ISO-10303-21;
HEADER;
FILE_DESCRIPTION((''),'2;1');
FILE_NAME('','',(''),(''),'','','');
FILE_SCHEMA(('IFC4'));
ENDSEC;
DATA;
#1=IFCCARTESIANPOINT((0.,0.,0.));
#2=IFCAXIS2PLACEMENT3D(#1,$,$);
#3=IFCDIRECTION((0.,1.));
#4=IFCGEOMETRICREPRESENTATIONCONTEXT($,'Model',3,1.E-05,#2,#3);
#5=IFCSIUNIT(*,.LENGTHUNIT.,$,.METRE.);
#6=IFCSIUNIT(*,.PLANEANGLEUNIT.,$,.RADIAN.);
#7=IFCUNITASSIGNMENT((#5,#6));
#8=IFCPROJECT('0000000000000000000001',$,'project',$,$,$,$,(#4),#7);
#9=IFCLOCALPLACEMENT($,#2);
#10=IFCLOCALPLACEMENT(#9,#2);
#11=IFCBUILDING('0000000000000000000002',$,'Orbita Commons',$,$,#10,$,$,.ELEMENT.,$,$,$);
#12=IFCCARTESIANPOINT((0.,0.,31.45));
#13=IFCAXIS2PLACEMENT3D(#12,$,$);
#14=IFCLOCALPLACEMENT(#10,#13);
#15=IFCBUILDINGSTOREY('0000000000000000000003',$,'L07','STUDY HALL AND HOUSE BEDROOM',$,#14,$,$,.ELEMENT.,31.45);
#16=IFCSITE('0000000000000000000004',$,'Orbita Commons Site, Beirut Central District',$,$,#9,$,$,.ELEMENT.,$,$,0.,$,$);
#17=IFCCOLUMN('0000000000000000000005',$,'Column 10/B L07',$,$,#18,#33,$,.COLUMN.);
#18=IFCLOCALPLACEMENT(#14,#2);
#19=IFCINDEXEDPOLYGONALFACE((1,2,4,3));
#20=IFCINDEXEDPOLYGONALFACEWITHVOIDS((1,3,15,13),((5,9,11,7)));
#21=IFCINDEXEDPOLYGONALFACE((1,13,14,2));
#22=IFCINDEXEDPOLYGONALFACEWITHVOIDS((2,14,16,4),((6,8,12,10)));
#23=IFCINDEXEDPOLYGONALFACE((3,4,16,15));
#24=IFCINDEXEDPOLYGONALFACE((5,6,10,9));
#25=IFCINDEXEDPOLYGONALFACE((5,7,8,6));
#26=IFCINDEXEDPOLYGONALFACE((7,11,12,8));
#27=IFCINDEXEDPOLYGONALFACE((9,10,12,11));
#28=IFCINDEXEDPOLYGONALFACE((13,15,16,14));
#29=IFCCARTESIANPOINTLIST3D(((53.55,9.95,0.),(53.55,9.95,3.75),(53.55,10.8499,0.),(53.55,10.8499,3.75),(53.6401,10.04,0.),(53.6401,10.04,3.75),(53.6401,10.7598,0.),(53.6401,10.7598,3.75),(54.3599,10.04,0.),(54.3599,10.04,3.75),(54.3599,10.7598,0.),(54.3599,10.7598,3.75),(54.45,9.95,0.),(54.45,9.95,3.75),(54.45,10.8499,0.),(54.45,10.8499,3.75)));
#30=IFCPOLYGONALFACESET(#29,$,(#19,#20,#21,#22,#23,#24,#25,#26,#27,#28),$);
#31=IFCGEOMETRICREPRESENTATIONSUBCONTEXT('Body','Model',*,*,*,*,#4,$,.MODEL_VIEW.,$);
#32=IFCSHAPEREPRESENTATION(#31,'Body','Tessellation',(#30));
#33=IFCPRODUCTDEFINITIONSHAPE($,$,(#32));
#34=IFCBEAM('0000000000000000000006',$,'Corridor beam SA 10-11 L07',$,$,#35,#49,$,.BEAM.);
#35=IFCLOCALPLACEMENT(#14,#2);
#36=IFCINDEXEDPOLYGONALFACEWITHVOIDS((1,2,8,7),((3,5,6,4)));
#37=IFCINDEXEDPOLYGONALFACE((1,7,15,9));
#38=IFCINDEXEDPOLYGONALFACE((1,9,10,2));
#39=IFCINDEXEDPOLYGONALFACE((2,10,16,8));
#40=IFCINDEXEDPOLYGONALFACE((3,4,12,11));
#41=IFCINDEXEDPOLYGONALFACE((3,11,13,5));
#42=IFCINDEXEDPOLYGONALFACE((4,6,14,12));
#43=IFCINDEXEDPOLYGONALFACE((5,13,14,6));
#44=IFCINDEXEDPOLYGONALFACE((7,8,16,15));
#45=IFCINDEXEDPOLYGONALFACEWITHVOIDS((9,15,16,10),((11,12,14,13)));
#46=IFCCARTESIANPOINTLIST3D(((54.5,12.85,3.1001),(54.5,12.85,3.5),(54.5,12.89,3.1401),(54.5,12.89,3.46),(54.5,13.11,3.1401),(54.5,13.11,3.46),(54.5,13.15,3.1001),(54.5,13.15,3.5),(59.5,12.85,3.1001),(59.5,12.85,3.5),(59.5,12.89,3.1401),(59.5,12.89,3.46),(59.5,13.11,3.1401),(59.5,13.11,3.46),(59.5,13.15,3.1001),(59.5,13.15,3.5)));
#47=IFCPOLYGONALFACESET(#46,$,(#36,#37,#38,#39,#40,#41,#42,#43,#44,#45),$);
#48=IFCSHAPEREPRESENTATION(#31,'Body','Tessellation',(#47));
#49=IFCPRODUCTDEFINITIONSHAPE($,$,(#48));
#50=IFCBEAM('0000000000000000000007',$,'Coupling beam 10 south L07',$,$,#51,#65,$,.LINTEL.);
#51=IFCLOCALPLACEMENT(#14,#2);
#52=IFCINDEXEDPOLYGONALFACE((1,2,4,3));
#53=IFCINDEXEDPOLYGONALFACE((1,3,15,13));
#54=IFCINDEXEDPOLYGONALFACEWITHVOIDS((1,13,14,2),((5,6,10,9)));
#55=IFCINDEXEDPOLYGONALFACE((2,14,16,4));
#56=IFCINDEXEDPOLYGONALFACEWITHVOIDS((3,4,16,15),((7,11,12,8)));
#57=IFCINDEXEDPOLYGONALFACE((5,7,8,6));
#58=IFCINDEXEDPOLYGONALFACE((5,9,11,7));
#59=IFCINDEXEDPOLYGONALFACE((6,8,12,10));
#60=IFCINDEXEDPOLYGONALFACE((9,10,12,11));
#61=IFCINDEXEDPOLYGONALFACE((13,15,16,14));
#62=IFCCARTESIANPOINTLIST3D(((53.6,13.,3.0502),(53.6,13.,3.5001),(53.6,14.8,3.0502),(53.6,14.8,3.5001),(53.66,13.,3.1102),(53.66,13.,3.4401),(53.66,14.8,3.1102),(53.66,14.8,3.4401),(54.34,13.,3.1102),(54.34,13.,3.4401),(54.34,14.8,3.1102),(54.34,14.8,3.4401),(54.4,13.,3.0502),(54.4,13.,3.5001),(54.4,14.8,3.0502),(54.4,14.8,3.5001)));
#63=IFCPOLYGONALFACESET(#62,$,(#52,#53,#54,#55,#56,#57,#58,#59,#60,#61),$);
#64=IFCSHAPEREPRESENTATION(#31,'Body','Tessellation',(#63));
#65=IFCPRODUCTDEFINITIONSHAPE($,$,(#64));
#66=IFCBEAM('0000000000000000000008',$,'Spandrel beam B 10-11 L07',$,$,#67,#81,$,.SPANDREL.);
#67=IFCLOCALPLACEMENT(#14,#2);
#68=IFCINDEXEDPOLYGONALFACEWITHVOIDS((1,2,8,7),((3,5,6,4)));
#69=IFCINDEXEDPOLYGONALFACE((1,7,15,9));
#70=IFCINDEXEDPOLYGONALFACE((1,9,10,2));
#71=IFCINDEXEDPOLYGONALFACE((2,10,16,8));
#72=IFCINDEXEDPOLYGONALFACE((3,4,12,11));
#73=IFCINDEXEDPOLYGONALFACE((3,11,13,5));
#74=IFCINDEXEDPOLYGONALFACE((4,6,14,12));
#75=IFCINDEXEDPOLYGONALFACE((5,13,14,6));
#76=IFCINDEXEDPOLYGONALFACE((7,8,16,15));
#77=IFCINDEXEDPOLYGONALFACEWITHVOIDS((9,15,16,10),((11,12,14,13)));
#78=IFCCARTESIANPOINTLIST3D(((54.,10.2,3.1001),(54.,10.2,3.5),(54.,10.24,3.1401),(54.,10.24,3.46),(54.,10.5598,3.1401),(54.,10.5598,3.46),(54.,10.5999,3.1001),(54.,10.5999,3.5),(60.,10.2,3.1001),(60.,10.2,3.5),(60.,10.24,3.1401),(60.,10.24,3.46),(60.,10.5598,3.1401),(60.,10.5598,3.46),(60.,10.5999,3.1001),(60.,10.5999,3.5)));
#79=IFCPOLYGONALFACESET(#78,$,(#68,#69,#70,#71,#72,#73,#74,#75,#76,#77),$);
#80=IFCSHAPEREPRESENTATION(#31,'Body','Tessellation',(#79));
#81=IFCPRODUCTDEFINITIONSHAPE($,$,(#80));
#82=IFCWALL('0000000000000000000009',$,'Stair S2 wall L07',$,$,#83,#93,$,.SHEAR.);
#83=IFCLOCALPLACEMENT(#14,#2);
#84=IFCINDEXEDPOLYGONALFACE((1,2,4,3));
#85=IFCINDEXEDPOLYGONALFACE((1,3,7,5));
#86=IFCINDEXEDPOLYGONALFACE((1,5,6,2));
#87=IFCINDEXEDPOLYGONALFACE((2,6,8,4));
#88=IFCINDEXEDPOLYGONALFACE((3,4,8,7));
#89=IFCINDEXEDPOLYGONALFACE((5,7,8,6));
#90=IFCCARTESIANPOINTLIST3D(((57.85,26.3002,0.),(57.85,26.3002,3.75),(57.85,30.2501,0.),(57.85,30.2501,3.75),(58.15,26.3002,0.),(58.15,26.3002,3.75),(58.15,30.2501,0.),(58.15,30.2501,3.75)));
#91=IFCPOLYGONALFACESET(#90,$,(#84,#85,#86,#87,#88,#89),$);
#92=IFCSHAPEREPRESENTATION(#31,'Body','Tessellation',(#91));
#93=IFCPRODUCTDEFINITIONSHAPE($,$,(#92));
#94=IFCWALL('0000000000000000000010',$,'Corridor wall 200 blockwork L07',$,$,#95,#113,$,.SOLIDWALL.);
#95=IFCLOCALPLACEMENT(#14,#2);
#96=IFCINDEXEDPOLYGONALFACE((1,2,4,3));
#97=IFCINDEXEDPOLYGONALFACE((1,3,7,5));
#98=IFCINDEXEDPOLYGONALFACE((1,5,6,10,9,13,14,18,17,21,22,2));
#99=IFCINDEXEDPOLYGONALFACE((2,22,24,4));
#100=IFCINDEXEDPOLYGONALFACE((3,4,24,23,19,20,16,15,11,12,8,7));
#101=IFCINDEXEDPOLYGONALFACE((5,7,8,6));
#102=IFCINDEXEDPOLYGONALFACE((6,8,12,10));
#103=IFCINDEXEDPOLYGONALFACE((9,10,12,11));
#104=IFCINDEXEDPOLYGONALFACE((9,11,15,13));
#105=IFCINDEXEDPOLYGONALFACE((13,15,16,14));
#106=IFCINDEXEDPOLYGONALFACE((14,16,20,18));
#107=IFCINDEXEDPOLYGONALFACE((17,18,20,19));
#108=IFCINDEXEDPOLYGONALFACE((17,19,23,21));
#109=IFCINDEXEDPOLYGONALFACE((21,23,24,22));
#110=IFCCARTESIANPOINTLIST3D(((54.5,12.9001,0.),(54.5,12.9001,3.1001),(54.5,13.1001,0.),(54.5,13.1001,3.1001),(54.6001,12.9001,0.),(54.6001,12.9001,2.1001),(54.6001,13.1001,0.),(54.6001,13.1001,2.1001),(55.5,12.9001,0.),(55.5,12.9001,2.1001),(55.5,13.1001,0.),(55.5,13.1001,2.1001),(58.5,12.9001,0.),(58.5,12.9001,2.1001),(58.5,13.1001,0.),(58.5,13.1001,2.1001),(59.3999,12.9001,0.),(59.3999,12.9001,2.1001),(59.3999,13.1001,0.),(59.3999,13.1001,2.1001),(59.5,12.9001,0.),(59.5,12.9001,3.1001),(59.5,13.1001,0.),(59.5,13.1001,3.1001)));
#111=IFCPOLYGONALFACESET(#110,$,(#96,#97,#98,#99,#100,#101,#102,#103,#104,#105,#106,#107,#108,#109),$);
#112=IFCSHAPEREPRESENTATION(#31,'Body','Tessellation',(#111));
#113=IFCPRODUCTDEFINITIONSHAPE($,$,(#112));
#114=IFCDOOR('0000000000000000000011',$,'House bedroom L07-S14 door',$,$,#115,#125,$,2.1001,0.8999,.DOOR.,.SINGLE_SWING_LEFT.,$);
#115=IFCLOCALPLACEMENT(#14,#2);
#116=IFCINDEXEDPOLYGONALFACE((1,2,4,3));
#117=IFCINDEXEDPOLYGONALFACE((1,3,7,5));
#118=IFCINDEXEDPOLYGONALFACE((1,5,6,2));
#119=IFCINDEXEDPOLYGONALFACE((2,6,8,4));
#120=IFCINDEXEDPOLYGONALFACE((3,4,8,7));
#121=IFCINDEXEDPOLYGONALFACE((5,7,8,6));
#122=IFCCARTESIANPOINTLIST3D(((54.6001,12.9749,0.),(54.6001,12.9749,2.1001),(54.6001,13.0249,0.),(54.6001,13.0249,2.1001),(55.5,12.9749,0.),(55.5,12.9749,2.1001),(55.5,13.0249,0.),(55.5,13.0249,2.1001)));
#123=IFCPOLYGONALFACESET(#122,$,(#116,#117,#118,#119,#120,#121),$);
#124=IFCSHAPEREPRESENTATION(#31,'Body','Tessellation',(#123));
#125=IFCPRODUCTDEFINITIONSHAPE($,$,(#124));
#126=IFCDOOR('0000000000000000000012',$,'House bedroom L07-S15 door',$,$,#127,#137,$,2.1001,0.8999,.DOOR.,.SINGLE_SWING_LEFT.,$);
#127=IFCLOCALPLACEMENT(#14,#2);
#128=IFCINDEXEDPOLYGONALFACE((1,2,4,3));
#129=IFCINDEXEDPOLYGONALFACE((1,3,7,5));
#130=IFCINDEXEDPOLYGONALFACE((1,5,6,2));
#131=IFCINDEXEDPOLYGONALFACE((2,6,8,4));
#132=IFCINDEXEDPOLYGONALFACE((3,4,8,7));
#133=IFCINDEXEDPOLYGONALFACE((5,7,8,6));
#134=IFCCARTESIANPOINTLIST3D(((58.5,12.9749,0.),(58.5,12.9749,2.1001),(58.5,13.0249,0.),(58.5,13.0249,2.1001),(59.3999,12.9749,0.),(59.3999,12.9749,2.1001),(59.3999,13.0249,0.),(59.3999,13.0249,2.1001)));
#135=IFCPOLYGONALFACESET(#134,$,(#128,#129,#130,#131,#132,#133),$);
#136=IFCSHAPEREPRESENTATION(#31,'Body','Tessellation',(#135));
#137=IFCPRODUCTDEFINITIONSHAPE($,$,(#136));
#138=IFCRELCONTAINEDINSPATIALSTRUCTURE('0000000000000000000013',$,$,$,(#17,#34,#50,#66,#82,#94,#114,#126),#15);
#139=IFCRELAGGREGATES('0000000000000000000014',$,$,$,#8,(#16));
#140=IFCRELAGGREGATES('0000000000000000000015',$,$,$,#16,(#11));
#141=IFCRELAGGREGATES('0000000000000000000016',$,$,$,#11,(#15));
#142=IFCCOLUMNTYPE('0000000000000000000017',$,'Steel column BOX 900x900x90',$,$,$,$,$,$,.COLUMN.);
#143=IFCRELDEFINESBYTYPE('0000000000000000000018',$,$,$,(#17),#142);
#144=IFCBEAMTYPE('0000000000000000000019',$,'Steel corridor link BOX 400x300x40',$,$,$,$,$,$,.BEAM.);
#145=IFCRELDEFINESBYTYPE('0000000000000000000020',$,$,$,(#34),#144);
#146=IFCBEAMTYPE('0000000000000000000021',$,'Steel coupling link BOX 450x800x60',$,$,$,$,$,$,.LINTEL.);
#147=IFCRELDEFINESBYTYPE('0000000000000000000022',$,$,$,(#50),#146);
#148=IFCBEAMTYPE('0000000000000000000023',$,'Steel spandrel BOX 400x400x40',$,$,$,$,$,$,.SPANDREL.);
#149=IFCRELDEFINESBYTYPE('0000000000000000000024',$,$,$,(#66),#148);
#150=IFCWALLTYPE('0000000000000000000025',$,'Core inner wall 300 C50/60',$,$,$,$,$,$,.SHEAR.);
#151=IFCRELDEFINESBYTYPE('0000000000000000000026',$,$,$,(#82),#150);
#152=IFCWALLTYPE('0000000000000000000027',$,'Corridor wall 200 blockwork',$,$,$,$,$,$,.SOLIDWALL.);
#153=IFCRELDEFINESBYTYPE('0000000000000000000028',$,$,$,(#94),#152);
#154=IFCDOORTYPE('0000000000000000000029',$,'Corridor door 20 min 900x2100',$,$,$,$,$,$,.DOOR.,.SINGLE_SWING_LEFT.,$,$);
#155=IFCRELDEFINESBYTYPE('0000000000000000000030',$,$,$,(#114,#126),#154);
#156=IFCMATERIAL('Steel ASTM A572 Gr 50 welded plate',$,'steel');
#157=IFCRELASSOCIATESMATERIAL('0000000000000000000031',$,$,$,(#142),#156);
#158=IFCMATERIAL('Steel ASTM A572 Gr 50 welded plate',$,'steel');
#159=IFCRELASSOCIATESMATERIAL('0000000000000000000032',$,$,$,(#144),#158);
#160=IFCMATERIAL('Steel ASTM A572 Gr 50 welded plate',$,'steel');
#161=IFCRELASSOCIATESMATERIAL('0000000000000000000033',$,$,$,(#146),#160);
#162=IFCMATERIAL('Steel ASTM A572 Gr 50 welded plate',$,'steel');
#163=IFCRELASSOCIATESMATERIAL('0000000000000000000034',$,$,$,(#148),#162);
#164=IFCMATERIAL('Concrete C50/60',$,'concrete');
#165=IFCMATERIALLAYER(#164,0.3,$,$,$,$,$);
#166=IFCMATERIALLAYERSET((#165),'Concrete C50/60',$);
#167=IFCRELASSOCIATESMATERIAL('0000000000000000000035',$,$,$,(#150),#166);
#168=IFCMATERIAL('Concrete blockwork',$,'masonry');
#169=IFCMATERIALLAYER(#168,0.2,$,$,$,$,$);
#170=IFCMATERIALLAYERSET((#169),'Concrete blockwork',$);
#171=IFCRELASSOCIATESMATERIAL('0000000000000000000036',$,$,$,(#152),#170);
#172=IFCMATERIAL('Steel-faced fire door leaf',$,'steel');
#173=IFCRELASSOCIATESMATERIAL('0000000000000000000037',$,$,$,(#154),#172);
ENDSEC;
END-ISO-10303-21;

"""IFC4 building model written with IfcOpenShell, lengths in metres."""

from ifc_helpers import new_model, si_unit, direction, frame, frame_2d, origin, origin_2d, place, context, subcontext, project, spatial, polyline, rectangle, hollow_rectangle, outline, extrude, material, layer, layer_set, material_profile, profile_set, type_object, element, fill, save


model = new_model("IFC4")

# Units and contexts
model_context = context("Model", 3, precision=1e-05, world=origin(), true_north=direction((0.0, 1.0)))
body_context = subcontext(model_context, "Body", "Model", "MODEL_VIEW")
ifc_project = project(units=[si_unit("LENGTHUNIT", "METRE"), si_unit("PLANEANGLEUNIT", "RADIAN")], contexts=[model_context])

# Site, building, storey
site_placement = place(None, origin())
site = spatial("IfcSite", under=ifc_project, at=site_placement, Name="Orbita Commons Site, Beirut Central District", CompositionType="ELEMENT", RefElevation=0.0)
building_placement = place(site_placement, origin())
building = spatial("IfcBuilding", under=site, at=building_placement, Name="Orbita Commons", CompositionType="ELEMENT")
storey_placement = place(building_placement, frame((0.0, 0.0, 31.45)))
storey = spatial("IfcBuildingStorey", under=building, at=storey_placement, Name="L07", Description="STUDY HALL AND HOUSE BEDROOM", CompositionType="ELEMENT", Elevation=31.45)

# Column
ifc_material_1 = material(Name="Steel ASTM A572 Gr 50 welded plate", Category="steel")
ifc_material_profile_1 = material_profile(ifc_material_1, hollow_rectangle(XDim=0.8999, YDim=0.8999, WallThickness=0.0901, at=origin_2d()), Name="BOX 900x900x90")
ifc_profile_set_1 = profile_set([ifc_material_profile_1], Name="Steel ASTM A572 Gr 50 welded plate")
column_type = type_object("IfcColumnType", Name="Steel column BOX 900x900x90", PredefinedType="COLUMN", material=ifc_profile_set_1)
column_placement = place(storey_placement, frame((54.0, 10.3999, 0.0), z_axis=(0.0, 0.0, 1.0), x_axis=(1.0, 0.0, 0.0)))
element("IfcColumn", 1, at=column_placement, inside=storey, type_object=column_type, Name="Column 10/B L07", PredefinedType="COLUMN", context=body_context, shape_type="SweptSolid", body=[
    extrude(hollow_rectangle(XDim=0.8999, YDim=0.8999, WallThickness=0.0901, at=origin_2d()), origin(), (0.0, 0.0, 1.0), 3.75),
])

# Beams
ifc_material_2 = material(Name="Steel ASTM A572 Gr 50 welded plate", Category="steel")
ifc_material_profile_2 = material_profile(ifc_material_2, hollow_rectangle(XDim=0.3, YDim=0.3999, WallThickness=0.04, at=origin_2d()), Name="BOX 400x300x40")
ifc_profile_set_2 = profile_set([ifc_material_profile_2], Name="Steel ASTM A572 Gr 50 welded plate")
beam_type_1 = type_object("IfcBeamType", Name="Steel corridor link BOX 400x300x40", PredefinedType="BEAM", material=ifc_profile_set_2)
beam_1_placement = place(storey_placement, frame((54.5, 13.0, 3.3), z_axis=(1.0, 0.0, 0.0), x_axis=(0.0, 1.0, 0.0)))
element("IfcBeam", 2, at=beam_1_placement, inside=storey, type_object=beam_type_1, Name="Corridor beam SA 10-11 L07", PredefinedType="BEAM", context=body_context, shape_type="SweptSolid", body=[
    extrude(hollow_rectangle(XDim=0.3, YDim=0.3999, WallThickness=0.04, at=origin_2d()), origin(), (0.0, 0.0, 1.0), 5.0),
])
ifc_material_3 = material(Name="Steel ASTM A572 Gr 50 welded plate", Category="steel")
ifc_material_profile_3 = material_profile(ifc_material_3, hollow_rectangle(XDim=0.8, YDim=0.45, WallThickness=0.0601, at=origin_2d()), Name="BOX 450x800x60")
ifc_profile_set_3 = profile_set([ifc_material_profile_3], Name="Steel ASTM A572 Gr 50 welded plate")
beam_type_2 = type_object("IfcBeamType", Name="Steel coupling link BOX 450x800x60", PredefinedType="LINTEL", material=ifc_profile_set_3)
beam_2_placement = place(storey_placement, frame((54.0, 13.0, 3.2751), z_axis=(0.0, 1.0, 0.0), x_axis=(-1.0, 0.0, 0.0)))
element("IfcBeam", 3, at=beam_2_placement, inside=storey, type_object=beam_type_2, Name="Coupling beam 10 south L07", PredefinedType="LINTEL", context=body_context, shape_type="SweptSolid", body=[
    extrude(hollow_rectangle(XDim=0.8, YDim=0.45, WallThickness=0.0601, at=origin_2d()), origin(), (0.0, 0.0, 1.0), 1.8),
])
ifc_material_4 = material(Name="Steel ASTM A572 Gr 50 welded plate", Category="steel")
ifc_material_profile_4 = material_profile(ifc_material_4, hollow_rectangle(XDim=0.3999, YDim=0.3999, WallThickness=0.04, at=origin_2d()), Name="BOX 400x400x40")
ifc_profile_set_4 = profile_set([ifc_material_profile_4], Name="Steel ASTM A572 Gr 50 welded plate")
beam_type_3 = type_object("IfcBeamType", Name="Steel spandrel BOX 400x400x40", PredefinedType="SPANDREL", material=ifc_profile_set_4)
beam_3_placement = place(storey_placement, frame((54.0, 10.3999, 3.3), z_axis=(1.0, 0.0, 0.0), x_axis=(0.0, 1.0, 0.0)))
element("IfcBeam", 4, at=beam_3_placement, inside=storey, type_object=beam_type_3, Name="Spandrel beam B 10-11 L07", PredefinedType="SPANDREL", context=body_context, shape_type="SweptSolid", body=[
    extrude(hollow_rectangle(XDim=0.3999, YDim=0.3999, WallThickness=0.04, at=origin_2d()), origin(), (0.0, 0.0, 1.0), 6.0),
])

# Wall
ifc_material_5 = material(Name="Concrete C50/60", Category="concrete")
ifc_layer_1 = layer(ifc_material_5, 0.3)
ifc_layer_set_1 = layer_set([ifc_layer_1], Name="Concrete C50/60")
wall_type_1 = type_object("IfcWallType", Name="Core inner wall 300 C50/60", PredefinedType="SHEAR", material=ifc_layer_set_1)
wall_1_placement = place(storey_placement, frame((58.0, 26.3, 0.0), z_axis=(0.0, 0.0, 1.0), x_axis=(0.0, 1.0, 0.0)))
element("IfcWall", 5, at=wall_1_placement, inside=storey, type_object=wall_type_1, Name="Stair S2 wall L07", PredefinedType="SHEAR", context=body_context, shape_type="SweptSolid", body=[
    extrude(rectangle(XDim=3.95, YDim=0.3, at=frame_2d((1.9751, 0.0))), origin(), (0.0, 0.0, 1.0), 3.75),
])

# Wall, openings, doors
ifc_material_6 = material(Name="Concrete blockwork", Category="masonry")
ifc_layer_2 = layer(ifc_material_6, 0.2)
ifc_layer_set_2 = layer_set([ifc_layer_2], Name="Concrete blockwork")
wall_type_2 = type_object("IfcWallType", Name="Corridor wall 200 blockwork", PredefinedType="SOLIDWALL", material=ifc_layer_set_2)
wall_2_placement = place(storey_placement, frame((54.5, 13.0, 0.0), z_axis=(0.0, 0.0, 1.0), x_axis=(1.0, 0.0, 0.0)))
wall_2 = element("IfcWall", 6, at=wall_2_placement, inside=storey, type_object=wall_type_2, Name="Corridor wall 200 blockwork L07", PredefinedType="SOLIDWALL", context=body_context, shape_type="SweptSolid", body=[
    extrude(outline(polyline([(0.0, 0.0), (5.0, 0.0), (5.0, 3.1001), (0.0, 3.1001), (0.0, 0.0)])), frame((0.0, 0.1001, 0.0), z_axis=(0.0, -1.0, 0.0), x_axis=(1.0, 0.0, 0.0)), (0.0, 0.0, 1.0), 0.2),
])
opening_1_placement = place(wall_2_placement, frame((0.1001, 0.0, 0.0)))
opening_1 = element("IfcOpeningElement", 7, at=opening_1_placement, cuts=wall_2, PredefinedType="OPENING", context=body_context, shape_type="SweptSolid", body=[
    extrude(rectangle(XDim=0.8999, YDim=2.1001, at=frame_2d((0.45, 1.05))), frame((0.0, 0.1099, 0.0), z_axis=(0.0, -1.0, 0.0), x_axis=(1.0, 0.0, 0.0)), (0.0, 0.0, 1.0), 0.22),
])
opening_2_placement = place(wall_2_placement, frame((4.0, 0.0, 0.0)))
opening_2 = element("IfcOpeningElement", 8, at=opening_2_placement, cuts=wall_2, PredefinedType="OPENING", context=body_context, shape_type="SweptSolid", body=[
    extrude(rectangle(XDim=0.8999, YDim=2.1001, at=frame_2d((0.45, 1.05))), frame((0.0, 0.1099, 0.0), z_axis=(0.0, -1.0, 0.0), x_axis=(1.0, 0.0, 0.0)), (0.0, 0.0, 1.0), 0.22),
])
ifc_material_7 = material(Name="Steel-faced fire door leaf", Category="steel")
door_type_1 = type_object("IfcDoorType", Name="Corridor door 20 min 900x2100", OperationType="SINGLE_SWING_LEFT", PredefinedType="DOOR", material=ifc_material_7)
door_1_placement = place(opening_1_placement, origin())
door_1 = element("IfcDoor", 9, at=door_1_placement, inside=storey, type_object=door_type_1, Name="House bedroom L07-S14 door", OperationType="SINGLE_SWING_LEFT", OverallHeight=2.1001, OverallWidth=0.8999, PredefinedType="DOOR", context=body_context, shape_type="SweptSolid", body=[
    extrude(rectangle(XDim=0.8999, YDim=2.1001, at=frame_2d((0.45, 1.05))), frame((0.0, 0.0249, 0.0), z_axis=(0.0, -1.0, 0.0), x_axis=(1.0, 0.0, 0.0)), (0.0, 0.0, 1.0), 0.05),
])
fill(opening_1, door_1)
door_2_placement = place(opening_2_placement, origin())
door_2 = element("IfcDoor", 10, at=door_2_placement, inside=storey, type_object=door_type_1, Name="House bedroom L07-S15 door", OperationType="SINGLE_SWING_LEFT", OverallHeight=2.1001, OverallWidth=0.8999, PredefinedType="DOOR", context=body_context, shape_type="SweptSolid", body=[
    extrude(rectangle(XDim=0.8999, YDim=2.1001, at=frame_2d((0.45, 1.05))), frame((0.0, 0.0249, 0.0), z_axis=(0.0, -1.0, 0.0), x_axis=(1.0, 0.0, 0.0)), (0.0, 0.0, 1.0), 0.05),
])
fill(opening_2, door_2)

save(model, "model.ifc")
